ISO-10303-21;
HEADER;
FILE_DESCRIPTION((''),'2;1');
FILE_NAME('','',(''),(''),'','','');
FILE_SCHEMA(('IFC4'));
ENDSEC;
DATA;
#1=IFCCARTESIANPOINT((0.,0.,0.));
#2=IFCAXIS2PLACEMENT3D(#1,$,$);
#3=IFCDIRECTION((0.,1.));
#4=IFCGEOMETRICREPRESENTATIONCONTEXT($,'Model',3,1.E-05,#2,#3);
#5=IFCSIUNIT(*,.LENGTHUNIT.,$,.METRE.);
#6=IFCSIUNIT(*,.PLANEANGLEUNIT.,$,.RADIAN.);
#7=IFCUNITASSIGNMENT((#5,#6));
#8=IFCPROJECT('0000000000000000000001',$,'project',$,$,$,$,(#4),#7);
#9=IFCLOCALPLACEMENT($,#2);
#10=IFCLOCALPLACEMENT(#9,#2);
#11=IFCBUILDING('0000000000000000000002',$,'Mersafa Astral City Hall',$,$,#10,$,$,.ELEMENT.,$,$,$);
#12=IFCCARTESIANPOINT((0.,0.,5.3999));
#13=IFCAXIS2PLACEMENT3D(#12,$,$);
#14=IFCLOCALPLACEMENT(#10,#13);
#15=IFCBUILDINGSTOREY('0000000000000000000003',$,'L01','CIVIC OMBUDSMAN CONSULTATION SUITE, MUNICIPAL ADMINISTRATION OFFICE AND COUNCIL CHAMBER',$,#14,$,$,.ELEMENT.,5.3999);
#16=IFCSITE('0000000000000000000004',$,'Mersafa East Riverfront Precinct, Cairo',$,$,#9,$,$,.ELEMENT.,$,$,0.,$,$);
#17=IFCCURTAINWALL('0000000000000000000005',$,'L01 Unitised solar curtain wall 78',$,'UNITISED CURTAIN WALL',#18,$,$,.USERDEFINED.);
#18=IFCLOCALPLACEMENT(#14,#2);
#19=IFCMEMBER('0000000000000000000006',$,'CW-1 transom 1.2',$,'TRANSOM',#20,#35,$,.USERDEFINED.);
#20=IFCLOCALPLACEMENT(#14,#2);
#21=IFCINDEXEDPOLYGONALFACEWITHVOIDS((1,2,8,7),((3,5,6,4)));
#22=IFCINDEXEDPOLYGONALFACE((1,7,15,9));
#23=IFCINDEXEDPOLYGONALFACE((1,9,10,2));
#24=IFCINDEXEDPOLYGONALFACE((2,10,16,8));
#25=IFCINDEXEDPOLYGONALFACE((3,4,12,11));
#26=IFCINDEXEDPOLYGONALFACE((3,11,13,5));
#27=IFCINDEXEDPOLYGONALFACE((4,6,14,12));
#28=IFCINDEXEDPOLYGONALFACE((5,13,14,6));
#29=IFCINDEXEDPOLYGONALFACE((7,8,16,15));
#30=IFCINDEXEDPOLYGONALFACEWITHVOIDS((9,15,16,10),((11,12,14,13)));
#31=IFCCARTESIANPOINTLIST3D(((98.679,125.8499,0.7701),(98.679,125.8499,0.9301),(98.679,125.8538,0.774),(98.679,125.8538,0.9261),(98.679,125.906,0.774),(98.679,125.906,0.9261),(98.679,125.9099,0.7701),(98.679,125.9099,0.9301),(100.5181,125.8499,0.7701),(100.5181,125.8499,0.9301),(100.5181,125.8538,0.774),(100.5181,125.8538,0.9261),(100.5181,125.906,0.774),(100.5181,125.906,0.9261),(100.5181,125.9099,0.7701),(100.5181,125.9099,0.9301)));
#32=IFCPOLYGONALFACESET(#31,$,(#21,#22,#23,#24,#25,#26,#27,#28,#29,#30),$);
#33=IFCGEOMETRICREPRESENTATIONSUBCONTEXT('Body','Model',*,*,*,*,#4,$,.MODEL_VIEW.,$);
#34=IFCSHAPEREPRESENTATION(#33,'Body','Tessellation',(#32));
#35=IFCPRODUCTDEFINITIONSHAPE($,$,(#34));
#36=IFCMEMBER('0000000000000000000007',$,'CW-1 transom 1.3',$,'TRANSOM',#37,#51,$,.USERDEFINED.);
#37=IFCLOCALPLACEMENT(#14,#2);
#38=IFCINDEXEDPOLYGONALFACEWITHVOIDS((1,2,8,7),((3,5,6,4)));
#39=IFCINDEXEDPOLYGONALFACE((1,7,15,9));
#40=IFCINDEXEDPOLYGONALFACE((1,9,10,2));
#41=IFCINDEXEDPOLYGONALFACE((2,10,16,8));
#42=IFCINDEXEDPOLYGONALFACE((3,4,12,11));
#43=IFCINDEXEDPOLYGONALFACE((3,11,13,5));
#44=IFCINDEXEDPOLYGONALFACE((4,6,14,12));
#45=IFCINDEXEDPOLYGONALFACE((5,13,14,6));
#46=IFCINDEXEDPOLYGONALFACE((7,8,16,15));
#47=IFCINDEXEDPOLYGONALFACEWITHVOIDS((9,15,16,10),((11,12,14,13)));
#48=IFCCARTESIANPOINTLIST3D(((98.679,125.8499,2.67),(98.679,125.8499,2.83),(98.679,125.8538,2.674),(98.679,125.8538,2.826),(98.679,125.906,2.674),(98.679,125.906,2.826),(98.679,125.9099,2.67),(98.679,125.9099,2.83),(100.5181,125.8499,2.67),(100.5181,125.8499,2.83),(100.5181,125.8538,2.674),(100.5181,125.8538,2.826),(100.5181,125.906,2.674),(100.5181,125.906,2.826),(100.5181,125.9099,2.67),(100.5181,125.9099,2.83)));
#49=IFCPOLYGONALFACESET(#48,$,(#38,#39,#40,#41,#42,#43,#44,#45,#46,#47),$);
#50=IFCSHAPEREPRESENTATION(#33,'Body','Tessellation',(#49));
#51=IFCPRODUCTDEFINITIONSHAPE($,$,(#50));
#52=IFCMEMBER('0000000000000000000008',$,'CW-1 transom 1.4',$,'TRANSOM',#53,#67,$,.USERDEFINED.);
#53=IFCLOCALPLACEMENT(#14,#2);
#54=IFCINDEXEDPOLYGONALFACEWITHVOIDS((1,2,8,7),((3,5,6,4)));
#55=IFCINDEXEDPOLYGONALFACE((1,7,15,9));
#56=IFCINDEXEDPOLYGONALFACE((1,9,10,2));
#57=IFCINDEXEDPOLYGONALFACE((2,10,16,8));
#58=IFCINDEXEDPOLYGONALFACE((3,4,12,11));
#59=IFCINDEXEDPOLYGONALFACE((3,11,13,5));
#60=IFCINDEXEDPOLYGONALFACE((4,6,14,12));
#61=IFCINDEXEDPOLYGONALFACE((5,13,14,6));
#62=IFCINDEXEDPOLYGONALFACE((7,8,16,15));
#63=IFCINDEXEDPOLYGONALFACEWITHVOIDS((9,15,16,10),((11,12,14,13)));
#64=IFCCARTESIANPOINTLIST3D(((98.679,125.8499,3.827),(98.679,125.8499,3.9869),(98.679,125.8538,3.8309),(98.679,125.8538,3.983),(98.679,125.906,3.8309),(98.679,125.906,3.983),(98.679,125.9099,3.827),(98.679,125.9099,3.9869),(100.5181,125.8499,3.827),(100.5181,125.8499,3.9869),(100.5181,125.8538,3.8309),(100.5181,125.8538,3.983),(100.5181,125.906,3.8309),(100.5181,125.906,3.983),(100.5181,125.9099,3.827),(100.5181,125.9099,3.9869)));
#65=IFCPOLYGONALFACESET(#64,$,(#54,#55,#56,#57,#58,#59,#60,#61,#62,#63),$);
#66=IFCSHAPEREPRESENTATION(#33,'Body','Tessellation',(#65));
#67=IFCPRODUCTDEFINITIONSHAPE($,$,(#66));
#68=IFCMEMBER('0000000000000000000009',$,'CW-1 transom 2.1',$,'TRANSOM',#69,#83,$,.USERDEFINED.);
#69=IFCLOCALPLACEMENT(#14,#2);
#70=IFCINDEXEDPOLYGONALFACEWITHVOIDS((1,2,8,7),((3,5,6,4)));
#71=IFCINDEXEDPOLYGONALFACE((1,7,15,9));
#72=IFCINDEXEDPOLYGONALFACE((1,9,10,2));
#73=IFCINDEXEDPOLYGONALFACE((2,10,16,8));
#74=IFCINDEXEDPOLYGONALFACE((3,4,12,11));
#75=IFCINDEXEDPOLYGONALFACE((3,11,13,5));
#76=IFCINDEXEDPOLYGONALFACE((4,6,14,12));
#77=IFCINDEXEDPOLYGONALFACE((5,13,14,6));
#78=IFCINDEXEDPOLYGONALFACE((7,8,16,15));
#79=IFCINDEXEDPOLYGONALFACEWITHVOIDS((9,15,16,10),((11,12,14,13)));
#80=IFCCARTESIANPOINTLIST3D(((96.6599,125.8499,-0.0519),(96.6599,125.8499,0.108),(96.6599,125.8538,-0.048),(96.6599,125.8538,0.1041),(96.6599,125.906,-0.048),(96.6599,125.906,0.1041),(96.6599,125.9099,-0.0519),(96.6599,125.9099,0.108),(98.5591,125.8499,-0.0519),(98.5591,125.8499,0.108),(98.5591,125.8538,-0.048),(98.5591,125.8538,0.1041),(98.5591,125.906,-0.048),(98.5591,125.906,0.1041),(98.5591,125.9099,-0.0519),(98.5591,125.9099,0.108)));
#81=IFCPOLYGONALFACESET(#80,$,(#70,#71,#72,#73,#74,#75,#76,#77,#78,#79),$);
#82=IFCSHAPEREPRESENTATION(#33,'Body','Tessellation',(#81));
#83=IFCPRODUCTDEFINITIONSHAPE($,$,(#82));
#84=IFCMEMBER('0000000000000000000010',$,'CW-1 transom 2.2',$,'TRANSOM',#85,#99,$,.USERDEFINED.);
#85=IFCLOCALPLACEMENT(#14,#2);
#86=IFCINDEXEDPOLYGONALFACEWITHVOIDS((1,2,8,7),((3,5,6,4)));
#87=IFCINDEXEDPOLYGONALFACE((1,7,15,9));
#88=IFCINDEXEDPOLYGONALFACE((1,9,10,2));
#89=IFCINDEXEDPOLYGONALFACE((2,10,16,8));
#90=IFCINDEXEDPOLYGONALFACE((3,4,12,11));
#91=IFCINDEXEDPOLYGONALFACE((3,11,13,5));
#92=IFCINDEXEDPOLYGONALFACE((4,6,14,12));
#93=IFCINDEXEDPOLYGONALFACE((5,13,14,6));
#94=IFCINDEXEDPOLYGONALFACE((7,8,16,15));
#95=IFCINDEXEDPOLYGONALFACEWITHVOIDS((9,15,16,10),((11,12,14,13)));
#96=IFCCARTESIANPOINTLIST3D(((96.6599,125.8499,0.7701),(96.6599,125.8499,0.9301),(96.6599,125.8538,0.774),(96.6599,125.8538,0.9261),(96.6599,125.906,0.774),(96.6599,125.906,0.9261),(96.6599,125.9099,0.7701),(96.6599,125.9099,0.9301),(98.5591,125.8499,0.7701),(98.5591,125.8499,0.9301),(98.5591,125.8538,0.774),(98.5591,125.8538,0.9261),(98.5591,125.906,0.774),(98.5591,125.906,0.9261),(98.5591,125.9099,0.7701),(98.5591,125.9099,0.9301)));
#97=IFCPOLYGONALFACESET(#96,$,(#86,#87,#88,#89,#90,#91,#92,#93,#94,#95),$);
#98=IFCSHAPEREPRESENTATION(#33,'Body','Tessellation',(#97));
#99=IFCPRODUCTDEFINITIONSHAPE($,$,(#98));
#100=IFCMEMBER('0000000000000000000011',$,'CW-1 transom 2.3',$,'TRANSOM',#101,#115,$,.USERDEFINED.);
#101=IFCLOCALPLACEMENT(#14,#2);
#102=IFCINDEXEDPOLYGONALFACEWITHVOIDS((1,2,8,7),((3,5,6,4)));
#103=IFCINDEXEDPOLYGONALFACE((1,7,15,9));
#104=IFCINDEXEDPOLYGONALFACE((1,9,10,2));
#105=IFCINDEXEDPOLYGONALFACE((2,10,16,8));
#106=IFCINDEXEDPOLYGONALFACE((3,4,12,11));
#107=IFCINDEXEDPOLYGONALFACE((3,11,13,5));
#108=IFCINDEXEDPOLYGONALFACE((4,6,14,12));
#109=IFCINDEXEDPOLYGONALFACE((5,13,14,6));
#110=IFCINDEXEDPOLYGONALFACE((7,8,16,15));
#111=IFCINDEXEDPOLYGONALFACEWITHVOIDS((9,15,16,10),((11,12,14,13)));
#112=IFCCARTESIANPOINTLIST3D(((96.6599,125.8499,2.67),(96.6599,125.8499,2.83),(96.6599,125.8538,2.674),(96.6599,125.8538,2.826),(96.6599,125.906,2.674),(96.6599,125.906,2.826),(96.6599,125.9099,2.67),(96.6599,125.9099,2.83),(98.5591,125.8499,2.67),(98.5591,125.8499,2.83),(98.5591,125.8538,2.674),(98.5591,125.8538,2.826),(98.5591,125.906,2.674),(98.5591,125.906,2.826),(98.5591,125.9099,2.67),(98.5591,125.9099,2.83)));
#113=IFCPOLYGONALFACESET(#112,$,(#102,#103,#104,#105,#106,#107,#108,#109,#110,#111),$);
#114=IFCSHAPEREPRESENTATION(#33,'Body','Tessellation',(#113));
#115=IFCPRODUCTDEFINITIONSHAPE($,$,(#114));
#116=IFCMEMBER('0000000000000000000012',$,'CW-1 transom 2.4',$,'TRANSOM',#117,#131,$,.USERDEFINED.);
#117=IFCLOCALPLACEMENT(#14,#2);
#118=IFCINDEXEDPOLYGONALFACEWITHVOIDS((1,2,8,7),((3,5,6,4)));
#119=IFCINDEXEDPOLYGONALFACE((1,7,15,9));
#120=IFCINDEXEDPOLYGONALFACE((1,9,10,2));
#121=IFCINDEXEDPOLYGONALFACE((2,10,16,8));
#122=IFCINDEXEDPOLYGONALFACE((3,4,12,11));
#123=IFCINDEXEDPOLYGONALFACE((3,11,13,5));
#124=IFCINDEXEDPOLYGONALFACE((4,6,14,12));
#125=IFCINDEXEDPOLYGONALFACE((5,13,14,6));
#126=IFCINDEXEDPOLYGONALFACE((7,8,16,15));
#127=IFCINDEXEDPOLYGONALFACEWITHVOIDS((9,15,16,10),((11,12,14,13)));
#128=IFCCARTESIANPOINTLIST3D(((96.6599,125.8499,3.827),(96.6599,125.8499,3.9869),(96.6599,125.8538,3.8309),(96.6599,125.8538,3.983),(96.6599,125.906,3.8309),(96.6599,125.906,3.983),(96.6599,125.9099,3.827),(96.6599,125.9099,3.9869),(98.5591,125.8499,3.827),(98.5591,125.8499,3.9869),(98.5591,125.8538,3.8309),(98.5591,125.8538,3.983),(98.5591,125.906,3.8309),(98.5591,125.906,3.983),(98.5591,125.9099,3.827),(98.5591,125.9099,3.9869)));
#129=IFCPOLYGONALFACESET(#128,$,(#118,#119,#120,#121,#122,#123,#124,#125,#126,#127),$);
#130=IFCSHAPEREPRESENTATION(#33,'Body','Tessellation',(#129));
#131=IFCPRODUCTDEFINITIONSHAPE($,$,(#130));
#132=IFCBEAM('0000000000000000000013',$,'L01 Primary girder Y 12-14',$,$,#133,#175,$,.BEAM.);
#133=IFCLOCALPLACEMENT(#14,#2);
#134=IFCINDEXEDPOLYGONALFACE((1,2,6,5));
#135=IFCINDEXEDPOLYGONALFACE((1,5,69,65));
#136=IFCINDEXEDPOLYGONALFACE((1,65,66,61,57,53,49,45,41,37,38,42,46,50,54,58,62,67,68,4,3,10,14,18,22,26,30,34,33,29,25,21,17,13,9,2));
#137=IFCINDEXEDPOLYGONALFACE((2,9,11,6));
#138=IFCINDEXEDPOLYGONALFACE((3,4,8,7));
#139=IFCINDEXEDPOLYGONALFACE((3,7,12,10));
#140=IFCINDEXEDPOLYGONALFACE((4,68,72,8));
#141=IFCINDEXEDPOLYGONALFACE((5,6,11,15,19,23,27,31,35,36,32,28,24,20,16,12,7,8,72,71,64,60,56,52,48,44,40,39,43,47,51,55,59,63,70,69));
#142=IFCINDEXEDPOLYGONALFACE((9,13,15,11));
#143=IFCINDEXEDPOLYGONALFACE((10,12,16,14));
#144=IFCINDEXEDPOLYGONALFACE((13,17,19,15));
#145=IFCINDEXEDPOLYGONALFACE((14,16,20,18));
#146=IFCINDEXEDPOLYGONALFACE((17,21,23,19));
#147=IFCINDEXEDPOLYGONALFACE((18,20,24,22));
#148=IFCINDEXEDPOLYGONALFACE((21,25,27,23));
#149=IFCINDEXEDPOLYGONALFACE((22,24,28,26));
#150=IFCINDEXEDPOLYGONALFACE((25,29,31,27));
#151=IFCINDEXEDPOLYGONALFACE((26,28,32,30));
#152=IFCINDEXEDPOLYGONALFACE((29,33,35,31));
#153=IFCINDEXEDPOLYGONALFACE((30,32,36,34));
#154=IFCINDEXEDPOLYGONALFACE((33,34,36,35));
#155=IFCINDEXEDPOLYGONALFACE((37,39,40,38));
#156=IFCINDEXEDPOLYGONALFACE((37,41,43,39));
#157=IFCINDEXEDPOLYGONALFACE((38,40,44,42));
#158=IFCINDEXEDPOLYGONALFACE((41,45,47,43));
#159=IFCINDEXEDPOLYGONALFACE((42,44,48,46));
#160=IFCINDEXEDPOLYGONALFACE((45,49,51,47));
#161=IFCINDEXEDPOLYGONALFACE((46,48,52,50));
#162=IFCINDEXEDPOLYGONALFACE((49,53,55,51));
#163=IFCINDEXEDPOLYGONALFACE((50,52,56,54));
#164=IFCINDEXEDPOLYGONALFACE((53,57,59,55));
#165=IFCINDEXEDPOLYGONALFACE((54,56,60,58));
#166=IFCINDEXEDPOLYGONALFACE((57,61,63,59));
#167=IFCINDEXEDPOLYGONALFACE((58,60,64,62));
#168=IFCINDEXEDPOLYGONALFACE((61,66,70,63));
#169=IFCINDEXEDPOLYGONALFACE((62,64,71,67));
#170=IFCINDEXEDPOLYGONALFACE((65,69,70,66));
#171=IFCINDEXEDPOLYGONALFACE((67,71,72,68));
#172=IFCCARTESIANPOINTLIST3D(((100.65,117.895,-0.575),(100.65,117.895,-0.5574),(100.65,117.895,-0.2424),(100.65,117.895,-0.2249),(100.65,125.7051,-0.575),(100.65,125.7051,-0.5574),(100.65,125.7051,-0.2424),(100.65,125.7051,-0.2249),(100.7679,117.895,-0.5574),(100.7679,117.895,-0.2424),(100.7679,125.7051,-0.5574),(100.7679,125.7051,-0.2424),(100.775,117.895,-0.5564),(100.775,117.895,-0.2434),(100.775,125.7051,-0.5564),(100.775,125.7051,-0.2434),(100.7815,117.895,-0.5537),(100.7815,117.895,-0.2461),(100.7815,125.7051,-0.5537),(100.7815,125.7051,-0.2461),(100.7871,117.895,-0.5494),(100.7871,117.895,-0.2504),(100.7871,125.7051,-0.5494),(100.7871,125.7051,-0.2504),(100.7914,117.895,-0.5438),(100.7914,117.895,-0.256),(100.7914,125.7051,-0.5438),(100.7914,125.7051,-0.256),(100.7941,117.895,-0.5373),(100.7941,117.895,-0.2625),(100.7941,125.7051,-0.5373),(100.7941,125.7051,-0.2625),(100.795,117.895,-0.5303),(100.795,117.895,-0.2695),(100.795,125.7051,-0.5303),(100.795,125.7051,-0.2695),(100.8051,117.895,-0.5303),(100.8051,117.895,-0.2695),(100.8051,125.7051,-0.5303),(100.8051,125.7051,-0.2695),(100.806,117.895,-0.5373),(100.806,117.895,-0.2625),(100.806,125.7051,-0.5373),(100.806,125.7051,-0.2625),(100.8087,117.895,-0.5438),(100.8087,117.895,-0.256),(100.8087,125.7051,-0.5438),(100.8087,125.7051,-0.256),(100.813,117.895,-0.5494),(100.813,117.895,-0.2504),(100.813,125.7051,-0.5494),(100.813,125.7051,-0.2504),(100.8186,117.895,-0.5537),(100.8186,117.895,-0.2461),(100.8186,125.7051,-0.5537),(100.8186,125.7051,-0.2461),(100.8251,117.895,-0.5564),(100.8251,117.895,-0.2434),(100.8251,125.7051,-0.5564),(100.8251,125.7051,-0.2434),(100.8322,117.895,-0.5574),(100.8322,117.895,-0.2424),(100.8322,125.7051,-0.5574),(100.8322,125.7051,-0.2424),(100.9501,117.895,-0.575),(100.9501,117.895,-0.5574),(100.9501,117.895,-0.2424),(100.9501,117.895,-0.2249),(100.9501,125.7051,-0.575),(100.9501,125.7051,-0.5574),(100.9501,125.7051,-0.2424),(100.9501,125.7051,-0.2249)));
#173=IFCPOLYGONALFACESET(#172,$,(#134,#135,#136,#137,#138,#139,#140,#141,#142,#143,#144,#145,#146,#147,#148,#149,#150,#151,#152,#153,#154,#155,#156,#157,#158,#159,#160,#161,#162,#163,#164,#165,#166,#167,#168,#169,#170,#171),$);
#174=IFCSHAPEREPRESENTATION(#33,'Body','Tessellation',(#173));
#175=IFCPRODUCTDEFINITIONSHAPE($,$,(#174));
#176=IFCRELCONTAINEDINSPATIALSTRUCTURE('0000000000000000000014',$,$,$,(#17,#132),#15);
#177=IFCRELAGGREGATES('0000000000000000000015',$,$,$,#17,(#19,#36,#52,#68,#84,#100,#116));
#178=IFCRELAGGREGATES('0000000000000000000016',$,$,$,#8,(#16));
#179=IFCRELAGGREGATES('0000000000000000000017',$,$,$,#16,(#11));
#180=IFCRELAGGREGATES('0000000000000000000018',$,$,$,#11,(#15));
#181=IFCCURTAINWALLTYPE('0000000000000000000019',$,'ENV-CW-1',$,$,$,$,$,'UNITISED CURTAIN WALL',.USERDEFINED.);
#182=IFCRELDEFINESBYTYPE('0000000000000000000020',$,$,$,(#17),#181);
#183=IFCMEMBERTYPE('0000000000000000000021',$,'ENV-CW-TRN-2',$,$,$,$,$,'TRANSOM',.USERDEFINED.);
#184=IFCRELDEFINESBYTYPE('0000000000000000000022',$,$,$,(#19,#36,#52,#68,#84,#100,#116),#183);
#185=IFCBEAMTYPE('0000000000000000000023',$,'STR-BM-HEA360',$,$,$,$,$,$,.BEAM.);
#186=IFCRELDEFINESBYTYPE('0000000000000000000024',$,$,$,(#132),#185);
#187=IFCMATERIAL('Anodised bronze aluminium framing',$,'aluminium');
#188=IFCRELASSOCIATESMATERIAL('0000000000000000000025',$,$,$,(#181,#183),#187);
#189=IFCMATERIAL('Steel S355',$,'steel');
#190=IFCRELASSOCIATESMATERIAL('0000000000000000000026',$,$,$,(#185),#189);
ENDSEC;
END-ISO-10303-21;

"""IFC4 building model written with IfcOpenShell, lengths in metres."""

from ifc_helpers import new_model, si_unit, direction, frame, origin, origin_2d, place, context, subcontext, project, spatial, hollow_rectangle, i_section, extrude, material, material_profile, profile_set, type_object, element, aggregate, save


model = new_model("IFC4")

# Units and contexts
model_context = context("Model", 3, precision=1e-05, world=origin(), true_north=direction((0.0, 1.0)))
body_context = subcontext(model_context, "Body", "Model", "MODEL_VIEW")
ifc_project = project(units=[si_unit("LENGTHUNIT", "METRE"), si_unit("PLANEANGLEUNIT", "RADIAN")], contexts=[model_context])

# Site, building, storey
site_placement = place(None, origin())
site = spatial("IfcSite", under=ifc_project, at=site_placement, Name="Mersafa East Riverfront Precinct, Cairo", CompositionType="ELEMENT", RefElevation=0.0)
building_placement = place(site_placement, origin())
building = spatial("IfcBuilding", under=site, at=building_placement, Name="Mersafa Astral City Hall", CompositionType="ELEMENT")
storey_placement = place(building_placement, frame((0.0, 0.0, 5.3999)))
storey = spatial("IfcBuildingStorey", under=building, at=storey_placement, Name="L01", Description="CIVIC OMBUDSMAN CONSULTATION SUITE, MUNICIPAL ADMINISTRATION OFFICE AND COUNCIL CHAMBER", CompositionType="ELEMENT", Elevation=5.3999)

# Shared definitions
ifc_material_1 = material(Name="Steel S355", Category="steel")

# Curtain wall
ifc_material_2 = material(Name="Anodised bronze aluminium framing", Category="aluminium")
curtain_wall_type_1 = type_object("IfcCurtainWallType", Name="ENV-CW-1", ElementType="UNITISED CURTAIN WALL", PredefinedType="USERDEFINED", material=ifc_material_2)
curtain_wall_1_placement = place(storey_placement, origin())
curtain_wall_1 = element("IfcCurtainWall", 1, at=curtain_wall_1_placement, inside=storey, type_object=curtain_wall_type_1, Name="L01 Unitised solar curtain wall 78", ObjectType="UNITISED CURTAIN WALL", PredefinedType="USERDEFINED")

# Members
ifc_material_profile_1 = material_profile(ifc_material_2, hollow_rectangle(XDim=0.0601, YDim=0.1599, WallThickness=0.0039, at=origin_2d()), Name="RHS 60x160x4")
ifc_profile_set_1 = profile_set([ifc_material_profile_1], Name="Anodised bronze aluminium framing")
member_type_1 = type_object("IfcMemberType", Name="ENV-CW-TRN-2", ElementType="TRANSOM", PredefinedType="USERDEFINED", material=ifc_profile_set_1)
member_1_placement = place(storey_placement, frame((100.5181, 125.8799, 0.8501), z_axis=(-1.0, 0.0, 0.0), x_axis=(0.0, -1.0, 0.0)))
member_1 = element("IfcMember", 2, at=member_1_placement, type_object=member_type_1, Name="CW-1 transom 1.2", ObjectType="TRANSOM", PredefinedType="USERDEFINED", context=body_context, shape_type="SweptSolid", body=[
    extrude(hollow_rectangle(XDim=0.0601, YDim=0.1599, WallThickness=0.0039, at=origin_2d()), origin(), (0.0, 0.0, 1.0), 1.8391),
])
member_2_placement = place(storey_placement, frame((100.5181, 125.8799, 2.75), z_axis=(-1.0, 0.0, 0.0), x_axis=(0.0, -1.0, 0.0)))
member_2 = element("IfcMember", 3, at=member_2_placement, type_object=member_type_1, Name="CW-1 transom 1.3", ObjectType="TRANSOM", PredefinedType="USERDEFINED", context=body_context, shape_type="SweptSolid", body=[
    extrude(hollow_rectangle(XDim=0.0601, YDim=0.1599, WallThickness=0.0039, at=origin_2d()), origin(), (0.0, 0.0, 1.0), 1.8391),
])
member_3_placement = place(storey_placement, frame((100.5181, 125.8799, 3.907), z_axis=(-1.0, 0.0, 0.0), x_axis=(0.0, -1.0, 0.0)))
member_3 = element("IfcMember", 4, at=member_3_placement, type_object=member_type_1, Name="CW-1 transom 1.4", ObjectType="TRANSOM", PredefinedType="USERDEFINED", context=body_context, shape_type="SweptSolid", body=[
    extrude(hollow_rectangle(XDim=0.0601, YDim=0.1599, WallThickness=0.0039, at=origin_2d()), origin(), (0.0, 0.0, 1.0), 1.8391),
])
member_4_placement = place(storey_placement, frame((98.5591, 125.8799, 0.0281), z_axis=(-1.0, 0.0, 0.0), x_axis=(0.0, -1.0, 0.0)))
member_4 = element("IfcMember", 5, at=member_4_placement, type_object=member_type_1, Name="CW-1 transom 2.1", ObjectType="TRANSOM", PredefinedType="USERDEFINED", context=body_context, shape_type="SweptSolid", body=[
    extrude(hollow_rectangle(XDim=0.0601, YDim=0.1599, WallThickness=0.0039, at=origin_2d()), origin(), (0.0, 0.0, 1.0), 1.8992),
])
member_5_placement = place(storey_placement, frame((98.5591, 125.8799, 0.8501), z_axis=(-1.0, 0.0, 0.0), x_axis=(0.0, -1.0, 0.0)))
member_5 = element("IfcMember", 6, at=member_5_placement, type_object=member_type_1, Name="CW-1 transom 2.2", ObjectType="TRANSOM", PredefinedType="USERDEFINED", context=body_context, shape_type="SweptSolid", body=[
    extrude(hollow_rectangle(XDim=0.0601, YDim=0.1599, WallThickness=0.0039, at=origin_2d()), origin(), (0.0, 0.0, 1.0), 1.8992),
])
member_6_placement = place(storey_placement, frame((98.5591, 125.8799, 2.75), z_axis=(-1.0, 0.0, 0.0), x_axis=(0.0, -1.0, 0.0)))
member_6 = element("IfcMember", 7, at=member_6_placement, type_object=member_type_1, Name="CW-1 transom 2.3", ObjectType="TRANSOM", PredefinedType="USERDEFINED", context=body_context, shape_type="SweptSolid", body=[
    extrude(hollow_rectangle(XDim=0.0601, YDim=0.1599, WallThickness=0.0039, at=origin_2d()), origin(), (0.0, 0.0, 1.0), 1.8992),
])
member_7_placement = place(storey_placement, frame((98.5591, 125.8799, 3.907), z_axis=(-1.0, 0.0, 0.0), x_axis=(0.0, -1.0, 0.0)))
member_7 = element("IfcMember", 8, at=member_7_placement, type_object=member_type_1, Name="CW-1 transom 2.4", ObjectType="TRANSOM", PredefinedType="USERDEFINED", context=body_context, shape_type="SweptSolid", body=[
    extrude(hollow_rectangle(XDim=0.0601, YDim=0.1599, WallThickness=0.0039, at=origin_2d()), origin(), (0.0, 0.0, 1.0), 1.8992),
])

# Beam
ifc_material_profile_2 = material_profile(ifc_material_1, i_section(OverallWidth=0.3, OverallDepth=0.3501, WebThickness=0.01, FlangeThickness=0.0176, FilletRadius=0.0271, at=origin_2d()), Name="HEA 360")
ifc_profile_set_2 = profile_set([ifc_material_profile_2], Name="Steel S355")
beam_type_1 = type_object("IfcBeamType", Name="STR-BM-HEA360", PredefinedType="BEAM", material=ifc_profile_set_2)
beam_1_placement = place(storey_placement, frame((100.8, 117.895, -0.3999), z_axis=(0.0, 1.0, 0.0), x_axis=(-1.0, 0.0, 0.0)))
element("IfcBeam", 9, at=beam_1_placement, inside=storey, type_object=beam_type_1, Name="L01 Primary girder Y 12-14", PredefinedType="BEAM", context=body_context, shape_type="SweptSolid", body=[
    extrude(i_section(OverallWidth=0.3, OverallDepth=0.3501, WebThickness=0.01, FlangeThickness=0.0176, FilletRadius=0.0271, at=origin_2d()), origin(), (0.0, 0.0, 1.0), 7.8101),
])

aggregate(curtain_wall_1, [member_1, member_2, member_3, member_4, member_5, member_6, member_7])

save(model, "model.ifc")
